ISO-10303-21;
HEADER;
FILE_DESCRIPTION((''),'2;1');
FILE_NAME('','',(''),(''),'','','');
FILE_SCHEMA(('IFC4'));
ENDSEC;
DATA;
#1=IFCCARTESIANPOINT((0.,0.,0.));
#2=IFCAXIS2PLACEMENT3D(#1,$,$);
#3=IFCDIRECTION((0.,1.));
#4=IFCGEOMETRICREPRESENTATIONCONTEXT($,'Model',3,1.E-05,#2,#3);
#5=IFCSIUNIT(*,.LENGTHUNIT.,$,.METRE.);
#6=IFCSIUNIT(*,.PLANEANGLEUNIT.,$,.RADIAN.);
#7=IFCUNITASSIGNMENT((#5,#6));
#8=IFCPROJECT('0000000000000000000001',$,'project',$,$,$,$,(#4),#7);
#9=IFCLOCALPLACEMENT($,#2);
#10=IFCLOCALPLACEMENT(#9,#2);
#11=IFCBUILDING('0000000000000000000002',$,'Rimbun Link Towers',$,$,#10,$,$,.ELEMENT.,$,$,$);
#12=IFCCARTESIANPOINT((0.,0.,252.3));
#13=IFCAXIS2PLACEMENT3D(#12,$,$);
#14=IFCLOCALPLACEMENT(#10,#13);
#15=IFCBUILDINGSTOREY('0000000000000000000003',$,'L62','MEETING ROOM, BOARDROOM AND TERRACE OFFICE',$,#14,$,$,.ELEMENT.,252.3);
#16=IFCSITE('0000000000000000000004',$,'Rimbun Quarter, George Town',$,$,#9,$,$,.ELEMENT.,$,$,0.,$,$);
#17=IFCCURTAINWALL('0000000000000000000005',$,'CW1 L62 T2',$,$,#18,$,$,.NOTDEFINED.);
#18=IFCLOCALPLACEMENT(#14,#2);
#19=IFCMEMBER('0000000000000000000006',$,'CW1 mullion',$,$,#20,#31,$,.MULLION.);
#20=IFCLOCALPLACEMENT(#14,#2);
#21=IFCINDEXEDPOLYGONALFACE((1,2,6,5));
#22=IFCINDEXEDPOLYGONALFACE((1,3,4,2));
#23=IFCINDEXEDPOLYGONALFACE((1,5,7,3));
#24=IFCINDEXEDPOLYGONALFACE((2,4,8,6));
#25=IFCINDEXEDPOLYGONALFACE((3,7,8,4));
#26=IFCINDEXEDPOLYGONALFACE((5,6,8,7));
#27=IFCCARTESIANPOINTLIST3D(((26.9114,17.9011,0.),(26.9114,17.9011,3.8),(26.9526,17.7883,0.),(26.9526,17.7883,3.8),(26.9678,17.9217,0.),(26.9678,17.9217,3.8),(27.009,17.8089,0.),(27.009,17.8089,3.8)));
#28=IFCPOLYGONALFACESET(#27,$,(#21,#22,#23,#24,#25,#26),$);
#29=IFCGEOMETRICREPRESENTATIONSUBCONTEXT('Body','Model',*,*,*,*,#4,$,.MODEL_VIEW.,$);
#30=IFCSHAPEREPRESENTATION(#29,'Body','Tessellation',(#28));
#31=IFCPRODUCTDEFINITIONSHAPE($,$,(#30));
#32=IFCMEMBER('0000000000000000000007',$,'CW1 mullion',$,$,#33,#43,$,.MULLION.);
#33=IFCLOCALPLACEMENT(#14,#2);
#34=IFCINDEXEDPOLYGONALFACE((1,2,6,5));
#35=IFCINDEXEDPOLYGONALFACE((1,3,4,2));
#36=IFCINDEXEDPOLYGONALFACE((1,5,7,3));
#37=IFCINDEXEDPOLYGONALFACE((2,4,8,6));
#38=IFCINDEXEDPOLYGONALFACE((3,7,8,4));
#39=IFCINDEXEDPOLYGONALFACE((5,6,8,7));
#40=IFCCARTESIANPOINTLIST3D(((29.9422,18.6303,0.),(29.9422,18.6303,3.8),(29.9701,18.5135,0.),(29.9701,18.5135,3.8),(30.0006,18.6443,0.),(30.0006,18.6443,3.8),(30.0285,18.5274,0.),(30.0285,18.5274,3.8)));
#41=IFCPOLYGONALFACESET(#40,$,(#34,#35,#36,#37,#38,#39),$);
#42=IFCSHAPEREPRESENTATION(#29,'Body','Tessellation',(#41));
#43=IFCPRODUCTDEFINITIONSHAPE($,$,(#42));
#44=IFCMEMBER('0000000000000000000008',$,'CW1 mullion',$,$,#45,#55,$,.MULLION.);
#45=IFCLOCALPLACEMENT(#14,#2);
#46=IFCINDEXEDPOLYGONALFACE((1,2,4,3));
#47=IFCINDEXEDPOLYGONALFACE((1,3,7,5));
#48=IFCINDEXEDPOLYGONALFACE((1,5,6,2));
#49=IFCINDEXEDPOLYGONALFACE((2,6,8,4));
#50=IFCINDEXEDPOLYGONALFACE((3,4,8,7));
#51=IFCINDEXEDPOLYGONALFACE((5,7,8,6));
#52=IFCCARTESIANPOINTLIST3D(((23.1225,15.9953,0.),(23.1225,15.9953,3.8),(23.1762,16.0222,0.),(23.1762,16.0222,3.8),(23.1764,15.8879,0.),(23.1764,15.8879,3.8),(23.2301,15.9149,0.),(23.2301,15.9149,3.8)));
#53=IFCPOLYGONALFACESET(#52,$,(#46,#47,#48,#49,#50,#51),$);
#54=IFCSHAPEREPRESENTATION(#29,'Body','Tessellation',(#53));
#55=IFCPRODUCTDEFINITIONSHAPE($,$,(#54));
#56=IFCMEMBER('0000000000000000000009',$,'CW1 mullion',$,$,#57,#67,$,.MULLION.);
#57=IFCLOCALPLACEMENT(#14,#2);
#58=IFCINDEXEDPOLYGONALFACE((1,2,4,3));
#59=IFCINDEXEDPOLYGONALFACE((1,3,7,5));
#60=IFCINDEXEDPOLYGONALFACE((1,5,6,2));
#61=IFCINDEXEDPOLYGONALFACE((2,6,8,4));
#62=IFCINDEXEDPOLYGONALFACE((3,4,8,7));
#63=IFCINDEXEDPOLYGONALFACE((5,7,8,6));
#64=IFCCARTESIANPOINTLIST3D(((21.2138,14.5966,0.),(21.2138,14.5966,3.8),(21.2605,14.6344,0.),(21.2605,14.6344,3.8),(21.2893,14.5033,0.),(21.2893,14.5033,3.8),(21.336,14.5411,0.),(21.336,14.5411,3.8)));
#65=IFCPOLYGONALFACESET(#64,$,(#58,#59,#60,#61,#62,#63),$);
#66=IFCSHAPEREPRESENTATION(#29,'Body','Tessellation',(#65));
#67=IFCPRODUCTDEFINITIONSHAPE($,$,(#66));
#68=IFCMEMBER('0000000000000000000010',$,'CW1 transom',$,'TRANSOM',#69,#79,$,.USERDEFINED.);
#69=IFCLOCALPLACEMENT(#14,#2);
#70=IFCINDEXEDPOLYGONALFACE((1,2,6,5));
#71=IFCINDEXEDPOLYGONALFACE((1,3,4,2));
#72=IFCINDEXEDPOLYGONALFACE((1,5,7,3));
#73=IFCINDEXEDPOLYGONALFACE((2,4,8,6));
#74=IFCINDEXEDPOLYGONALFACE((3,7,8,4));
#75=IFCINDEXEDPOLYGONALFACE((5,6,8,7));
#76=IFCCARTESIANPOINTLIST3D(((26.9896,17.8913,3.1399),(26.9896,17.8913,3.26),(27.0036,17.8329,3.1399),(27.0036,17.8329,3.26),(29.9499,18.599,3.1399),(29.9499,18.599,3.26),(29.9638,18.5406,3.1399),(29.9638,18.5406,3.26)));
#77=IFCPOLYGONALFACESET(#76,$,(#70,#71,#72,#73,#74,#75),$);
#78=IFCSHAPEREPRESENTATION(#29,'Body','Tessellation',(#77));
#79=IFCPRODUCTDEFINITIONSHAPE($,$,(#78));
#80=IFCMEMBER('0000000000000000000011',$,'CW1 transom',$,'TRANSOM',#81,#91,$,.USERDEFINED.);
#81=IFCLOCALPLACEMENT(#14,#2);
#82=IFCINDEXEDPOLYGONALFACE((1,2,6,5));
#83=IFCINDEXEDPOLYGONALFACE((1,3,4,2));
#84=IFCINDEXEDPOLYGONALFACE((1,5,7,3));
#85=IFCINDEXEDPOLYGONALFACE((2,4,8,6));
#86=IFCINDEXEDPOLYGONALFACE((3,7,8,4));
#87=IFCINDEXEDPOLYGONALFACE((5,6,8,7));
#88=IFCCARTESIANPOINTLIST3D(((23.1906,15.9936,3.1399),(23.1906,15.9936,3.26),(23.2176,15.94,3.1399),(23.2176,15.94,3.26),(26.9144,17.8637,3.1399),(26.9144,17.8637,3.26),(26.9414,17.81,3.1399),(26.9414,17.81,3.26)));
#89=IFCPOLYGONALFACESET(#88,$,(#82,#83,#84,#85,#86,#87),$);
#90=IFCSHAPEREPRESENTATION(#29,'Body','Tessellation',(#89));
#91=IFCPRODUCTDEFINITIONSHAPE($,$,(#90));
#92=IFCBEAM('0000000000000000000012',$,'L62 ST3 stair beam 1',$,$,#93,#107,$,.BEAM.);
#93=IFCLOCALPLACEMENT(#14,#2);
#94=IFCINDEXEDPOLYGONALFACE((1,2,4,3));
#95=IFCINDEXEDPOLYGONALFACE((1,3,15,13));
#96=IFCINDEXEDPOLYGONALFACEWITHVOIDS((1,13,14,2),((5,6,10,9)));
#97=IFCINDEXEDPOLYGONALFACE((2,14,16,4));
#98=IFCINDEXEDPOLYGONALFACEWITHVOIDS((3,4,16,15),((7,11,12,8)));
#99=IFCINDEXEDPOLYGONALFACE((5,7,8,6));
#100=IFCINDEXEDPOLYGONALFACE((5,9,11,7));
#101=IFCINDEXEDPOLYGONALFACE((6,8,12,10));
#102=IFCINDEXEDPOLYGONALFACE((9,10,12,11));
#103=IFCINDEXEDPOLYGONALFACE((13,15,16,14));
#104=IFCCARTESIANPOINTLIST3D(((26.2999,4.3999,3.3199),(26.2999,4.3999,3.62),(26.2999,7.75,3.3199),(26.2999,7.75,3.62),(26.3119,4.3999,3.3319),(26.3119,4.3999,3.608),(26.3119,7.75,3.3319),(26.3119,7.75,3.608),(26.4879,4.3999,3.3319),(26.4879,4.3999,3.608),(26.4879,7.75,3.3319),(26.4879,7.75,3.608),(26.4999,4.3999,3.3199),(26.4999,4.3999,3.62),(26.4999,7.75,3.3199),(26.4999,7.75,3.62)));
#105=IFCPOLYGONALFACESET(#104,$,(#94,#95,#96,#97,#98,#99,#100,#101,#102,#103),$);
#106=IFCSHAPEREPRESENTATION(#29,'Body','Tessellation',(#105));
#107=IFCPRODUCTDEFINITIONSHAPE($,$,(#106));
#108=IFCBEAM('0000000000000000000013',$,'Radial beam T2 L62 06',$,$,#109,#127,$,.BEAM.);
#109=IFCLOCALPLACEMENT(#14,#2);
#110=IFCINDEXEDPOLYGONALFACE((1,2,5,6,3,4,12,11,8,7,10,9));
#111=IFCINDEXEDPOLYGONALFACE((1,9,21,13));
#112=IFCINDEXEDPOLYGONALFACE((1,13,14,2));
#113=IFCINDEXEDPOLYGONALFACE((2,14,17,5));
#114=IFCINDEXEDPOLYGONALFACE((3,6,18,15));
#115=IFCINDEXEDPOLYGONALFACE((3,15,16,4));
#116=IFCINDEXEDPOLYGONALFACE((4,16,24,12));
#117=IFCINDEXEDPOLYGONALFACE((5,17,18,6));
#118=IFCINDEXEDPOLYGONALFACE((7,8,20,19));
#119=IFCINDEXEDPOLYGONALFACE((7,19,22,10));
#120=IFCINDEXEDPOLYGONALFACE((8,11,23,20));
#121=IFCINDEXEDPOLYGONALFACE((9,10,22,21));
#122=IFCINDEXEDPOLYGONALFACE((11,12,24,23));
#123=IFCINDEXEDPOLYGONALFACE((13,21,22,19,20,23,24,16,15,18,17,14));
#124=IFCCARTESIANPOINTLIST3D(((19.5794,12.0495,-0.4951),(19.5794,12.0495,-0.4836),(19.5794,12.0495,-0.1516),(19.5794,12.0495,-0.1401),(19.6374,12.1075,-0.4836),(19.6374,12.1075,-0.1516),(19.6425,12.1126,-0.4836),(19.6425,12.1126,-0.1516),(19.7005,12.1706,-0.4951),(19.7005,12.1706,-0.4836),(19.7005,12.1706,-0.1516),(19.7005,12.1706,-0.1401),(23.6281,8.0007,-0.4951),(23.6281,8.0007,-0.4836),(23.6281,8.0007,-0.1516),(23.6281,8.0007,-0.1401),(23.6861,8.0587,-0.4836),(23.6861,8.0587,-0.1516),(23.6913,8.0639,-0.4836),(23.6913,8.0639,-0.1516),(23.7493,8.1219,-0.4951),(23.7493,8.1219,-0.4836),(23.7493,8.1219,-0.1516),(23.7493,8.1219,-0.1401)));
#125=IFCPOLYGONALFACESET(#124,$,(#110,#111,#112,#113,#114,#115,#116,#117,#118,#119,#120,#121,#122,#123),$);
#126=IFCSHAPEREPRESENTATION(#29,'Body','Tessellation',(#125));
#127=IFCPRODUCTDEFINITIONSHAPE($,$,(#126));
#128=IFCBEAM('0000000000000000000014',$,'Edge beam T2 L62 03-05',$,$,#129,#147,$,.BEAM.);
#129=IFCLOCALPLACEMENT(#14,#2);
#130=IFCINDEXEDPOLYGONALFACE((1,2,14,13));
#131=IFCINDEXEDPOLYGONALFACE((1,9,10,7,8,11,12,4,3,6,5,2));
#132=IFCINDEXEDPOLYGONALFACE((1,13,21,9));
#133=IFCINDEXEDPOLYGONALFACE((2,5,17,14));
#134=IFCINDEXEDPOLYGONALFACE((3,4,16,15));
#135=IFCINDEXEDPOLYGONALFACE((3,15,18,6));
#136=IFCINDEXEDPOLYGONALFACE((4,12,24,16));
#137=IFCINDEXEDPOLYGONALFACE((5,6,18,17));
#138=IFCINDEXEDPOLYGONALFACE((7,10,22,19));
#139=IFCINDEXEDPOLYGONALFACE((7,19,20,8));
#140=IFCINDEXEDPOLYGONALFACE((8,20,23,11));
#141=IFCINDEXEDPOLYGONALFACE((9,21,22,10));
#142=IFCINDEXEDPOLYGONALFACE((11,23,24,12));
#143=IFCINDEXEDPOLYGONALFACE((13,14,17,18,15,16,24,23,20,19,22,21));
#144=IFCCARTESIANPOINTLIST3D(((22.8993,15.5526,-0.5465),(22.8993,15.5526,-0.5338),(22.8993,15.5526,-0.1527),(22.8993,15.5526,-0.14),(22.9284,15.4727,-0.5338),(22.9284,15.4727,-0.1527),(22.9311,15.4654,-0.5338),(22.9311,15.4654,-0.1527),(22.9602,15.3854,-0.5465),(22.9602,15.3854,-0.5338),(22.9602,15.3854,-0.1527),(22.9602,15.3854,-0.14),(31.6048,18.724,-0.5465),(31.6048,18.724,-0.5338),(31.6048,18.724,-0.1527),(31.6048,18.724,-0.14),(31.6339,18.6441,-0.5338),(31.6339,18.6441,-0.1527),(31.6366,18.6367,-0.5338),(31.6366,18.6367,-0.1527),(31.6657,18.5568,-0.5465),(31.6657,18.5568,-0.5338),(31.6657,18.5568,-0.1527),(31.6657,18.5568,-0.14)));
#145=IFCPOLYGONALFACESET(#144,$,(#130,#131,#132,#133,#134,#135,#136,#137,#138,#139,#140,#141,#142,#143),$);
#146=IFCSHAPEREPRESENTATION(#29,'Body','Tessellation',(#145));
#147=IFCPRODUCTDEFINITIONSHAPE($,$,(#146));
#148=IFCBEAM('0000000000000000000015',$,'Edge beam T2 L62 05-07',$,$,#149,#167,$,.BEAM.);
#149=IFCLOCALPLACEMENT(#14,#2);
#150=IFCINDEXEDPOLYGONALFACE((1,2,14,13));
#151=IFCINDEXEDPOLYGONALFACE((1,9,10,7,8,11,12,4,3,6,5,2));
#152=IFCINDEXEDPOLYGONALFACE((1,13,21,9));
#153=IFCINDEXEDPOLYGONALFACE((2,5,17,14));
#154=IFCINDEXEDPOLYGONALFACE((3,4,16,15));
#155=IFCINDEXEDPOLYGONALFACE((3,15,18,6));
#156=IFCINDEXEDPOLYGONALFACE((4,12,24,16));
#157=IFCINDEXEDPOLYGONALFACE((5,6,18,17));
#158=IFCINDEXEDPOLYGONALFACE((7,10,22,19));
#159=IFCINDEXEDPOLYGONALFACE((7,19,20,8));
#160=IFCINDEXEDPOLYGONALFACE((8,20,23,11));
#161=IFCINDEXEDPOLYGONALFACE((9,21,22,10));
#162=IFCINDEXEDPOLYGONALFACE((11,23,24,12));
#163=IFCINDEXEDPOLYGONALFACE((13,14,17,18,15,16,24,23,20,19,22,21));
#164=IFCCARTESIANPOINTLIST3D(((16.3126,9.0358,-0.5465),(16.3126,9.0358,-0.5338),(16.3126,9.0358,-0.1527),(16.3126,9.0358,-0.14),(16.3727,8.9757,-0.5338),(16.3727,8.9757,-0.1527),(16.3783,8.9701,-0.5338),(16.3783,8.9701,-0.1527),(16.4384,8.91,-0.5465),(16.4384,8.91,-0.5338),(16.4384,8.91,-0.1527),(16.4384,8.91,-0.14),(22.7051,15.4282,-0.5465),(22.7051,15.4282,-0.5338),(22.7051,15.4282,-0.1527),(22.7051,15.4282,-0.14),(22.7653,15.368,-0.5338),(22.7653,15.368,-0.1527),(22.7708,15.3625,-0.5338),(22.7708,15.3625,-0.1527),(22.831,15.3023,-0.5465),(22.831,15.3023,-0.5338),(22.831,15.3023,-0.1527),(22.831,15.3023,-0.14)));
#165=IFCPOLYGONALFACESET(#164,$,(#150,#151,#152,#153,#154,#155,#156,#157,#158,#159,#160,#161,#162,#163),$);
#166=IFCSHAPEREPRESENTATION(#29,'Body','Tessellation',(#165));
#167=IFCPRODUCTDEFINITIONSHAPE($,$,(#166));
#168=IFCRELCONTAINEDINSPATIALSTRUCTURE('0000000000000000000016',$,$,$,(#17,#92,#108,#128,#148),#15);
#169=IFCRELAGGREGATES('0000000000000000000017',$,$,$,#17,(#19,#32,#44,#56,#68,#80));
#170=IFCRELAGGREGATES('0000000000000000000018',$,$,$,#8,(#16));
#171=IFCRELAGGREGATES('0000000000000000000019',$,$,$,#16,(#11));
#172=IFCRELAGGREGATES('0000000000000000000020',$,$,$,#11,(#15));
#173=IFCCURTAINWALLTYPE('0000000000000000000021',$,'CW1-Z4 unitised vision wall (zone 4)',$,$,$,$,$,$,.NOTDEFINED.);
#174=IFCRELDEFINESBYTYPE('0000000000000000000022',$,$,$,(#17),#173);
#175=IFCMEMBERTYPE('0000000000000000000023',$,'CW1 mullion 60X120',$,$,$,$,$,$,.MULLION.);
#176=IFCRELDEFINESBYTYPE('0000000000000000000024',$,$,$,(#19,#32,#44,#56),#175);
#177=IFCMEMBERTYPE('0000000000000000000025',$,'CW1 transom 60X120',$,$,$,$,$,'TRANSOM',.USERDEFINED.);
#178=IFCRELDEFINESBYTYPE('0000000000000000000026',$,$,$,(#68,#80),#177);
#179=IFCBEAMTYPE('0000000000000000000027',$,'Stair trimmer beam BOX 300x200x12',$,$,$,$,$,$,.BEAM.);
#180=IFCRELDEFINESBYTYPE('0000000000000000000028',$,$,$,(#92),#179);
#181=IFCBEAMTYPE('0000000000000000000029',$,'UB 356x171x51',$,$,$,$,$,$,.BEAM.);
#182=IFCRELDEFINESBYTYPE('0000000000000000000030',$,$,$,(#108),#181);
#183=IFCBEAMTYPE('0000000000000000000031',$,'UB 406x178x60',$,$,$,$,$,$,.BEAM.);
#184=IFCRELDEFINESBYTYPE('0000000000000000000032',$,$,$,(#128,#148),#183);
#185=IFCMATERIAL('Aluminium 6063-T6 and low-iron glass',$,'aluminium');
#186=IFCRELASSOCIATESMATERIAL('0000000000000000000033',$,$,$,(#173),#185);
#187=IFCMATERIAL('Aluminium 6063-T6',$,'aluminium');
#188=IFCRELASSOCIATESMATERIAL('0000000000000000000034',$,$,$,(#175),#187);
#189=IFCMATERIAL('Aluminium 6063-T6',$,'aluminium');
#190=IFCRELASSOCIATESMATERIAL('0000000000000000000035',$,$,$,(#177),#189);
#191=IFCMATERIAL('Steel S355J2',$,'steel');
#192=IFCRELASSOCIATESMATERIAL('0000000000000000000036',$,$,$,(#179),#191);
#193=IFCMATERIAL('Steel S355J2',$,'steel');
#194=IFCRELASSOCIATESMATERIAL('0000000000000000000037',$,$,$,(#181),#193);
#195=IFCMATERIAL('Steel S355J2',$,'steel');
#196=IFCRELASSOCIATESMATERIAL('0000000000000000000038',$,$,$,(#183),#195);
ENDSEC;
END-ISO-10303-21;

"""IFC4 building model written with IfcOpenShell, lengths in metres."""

from ifc_helpers import new_model, si_unit, direction, frame, origin, origin_2d, place, context, subcontext, project, spatial, rectangle, hollow_rectangle, i_section, extrude, material, material_profile, profile_set, type_object, element, aggregate, save


model = new_model("IFC4")

# Units and contexts
model_context = context("Model", 3, precision=1e-05, world=origin(), true_north=direction((0.0, 1.0)))
body_context = subcontext(model_context, "Body", "Model", "MODEL_VIEW")
ifc_project = project(units=[si_unit("LENGTHUNIT", "METRE"), si_unit("PLANEANGLEUNIT", "RADIAN")], contexts=[model_context])

# Site, building, storey
site_placement = place(None, origin())
site = spatial("IfcSite", under=ifc_project, at=site_placement, Name="Rimbun Quarter, George Town", CompositionType="ELEMENT", RefElevation=0.0)
building_placement = place(site_placement, origin())
building = spatial("IfcBuilding", under=site, at=building_placement, Name="Rimbun Link Towers", CompositionType="ELEMENT")
storey_placement = place(building_placement, frame((0.0, 0.0, 252.3)))
storey = spatial("IfcBuildingStorey", under=building, at=storey_placement, Name="L62", Description="MEETING ROOM, BOARDROOM AND TERRACE OFFICE", CompositionType="ELEMENT", Elevation=252.3)

# Curtain wall, members
ifc_material_1 = material(Name="Aluminium 6063-T6 and low-iron glass", Category="aluminium")
curtain_wall_type = type_object("IfcCurtainWallType", Name="CW1-Z4 unitised vision wall (zone 4)", PredefinedType="NOTDEFINED", material=ifc_material_1)
curtain_wall_placement = place(storey_placement, origin())
curtain_wall = element("IfcCurtainWall", 1, at=curtain_wall_placement, inside=storey, type_object=curtain_wall_type, Name="CW1 L62 T2", PredefinedType="NOTDEFINED")
ifc_material_2 = material(Name="Aluminium 6063-T6", Category="aluminium")
ifc_material_profile_1 = material_profile(ifc_material_2, rectangle(XDim=0.1201, YDim=0.0601, at=origin_2d()), Name="MULLION 60X120")
ifc_profile_set_1 = profile_set([ifc_material_profile_1], Name="Aluminium 6063-T6")
member_type_1 = type_object("IfcMemberType", Name="CW1 mullion 60X120", PredefinedType="MULLION", material=ifc_profile_set_1)
member_1_placement = place(storey_placement, frame((26.9602, 17.855, 0.0), z_axis=(0.0, 0.0, 1.0), x_axis=(-0.342965, 0.939348, 0.0)))
member_1 = element("IfcMember", 2, at=member_1_placement, type_object=member_type_1, Name="CW1 mullion", PredefinedType="MULLION", context=body_context, shape_type="SweptSolid", body=[
    extrude(rectangle(XDim=0.1201, YDim=0.0601, at=origin_2d()), origin(), (0.0, 0.0, 1.0), 3.8),
])
member_2_placement = place(storey_placement, frame((29.9854, 18.5789, 0.0), z_axis=(0.0, 0.0, 1.0), x_axis=(-0.232605, 0.972571, 0.0)))
member_2 = element("IfcMember", 3, at=member_2_placement, type_object=member_type_1, Name="CW1 mullion", PredefinedType="MULLION", context=body_context, shape_type="SweptSolid", body=[
    extrude(rectangle(XDim=0.1201, YDim=0.0601, at=origin_2d()), origin(), (0.0, 0.0, 1.0), 3.8),
])
member_3_placement = place(storey_placement, frame((23.1763, 15.9551, 0.0), z_axis=(0.0, 0.0, 1.0), x_axis=(-0.44877, 0.893647, 0.0)))
member_3 = element("IfcMember", 4, at=member_3_placement, type_object=member_type_1, Name="CW1 mullion", PredefinedType="MULLION", context=body_context, shape_type="SweptSolid", body=[
    extrude(rectangle(XDim=0.1201, YDim=0.0601, at=origin_2d()), origin(), (0.0, 0.0, 1.0), 3.8),
])
member_4_placement = place(storey_placement, frame((21.2749, 14.5688, 0.0), z_axis=(0.0, 0.0, 1.0), x_axis=(-0.629159, 0.777277, 0.0)))
member_4 = element("IfcMember", 5, at=member_4_placement, type_object=member_type_1, Name="CW1 mullion", PredefinedType="MULLION", context=body_context, shape_type="SweptSolid", body=[
    extrude(rectangle(XDim=0.1201, YDim=0.0601, at=origin_2d()), origin(), (0.0, 0.0, 1.0), 3.8),
])
ifc_material_3 = material(Name="Aluminium 6063-T6", Category="aluminium")
ifc_material_profile_2 = material_profile(ifc_material_3, rectangle(XDim=0.0601, YDim=0.1201, at=origin_2d()), Name="TRANSOM 60X120")
ifc_profile_set_2 = profile_set([ifc_material_profile_2], Name="Aluminium 6063-T6")
member_type_2 = type_object("IfcMemberType", Name="CW1 transom 60X120", ElementType="TRANSOM", PredefinedType="USERDEFINED", material=ifc_profile_set_2)
member_5_placement = place(storey_placement, frame((26.9966, 17.8621, 3.2), z_axis=(0.972587, 0.232539, 0.0), x_axis=(-0.232539, 0.972587, 0.0)))
member_5 = element("IfcMember", 6, at=member_5_placement, type_object=member_type_2, Name="CW1 transom", ObjectType="TRANSOM", PredefinedType="USERDEFINED", context=body_context, shape_type="SweptSolid", body=[
    extrude(rectangle(XDim=0.0601, YDim=0.1201, at=origin_2d()), origin(), (0.0, 0.0, 1.0), 3.0437),
])
member_6_placement = place(storey_placement, frame((23.2041, 15.9668, 3.2), z_axis=(0.893641, 0.448783, 0.0), x_axis=(-0.448783, 0.893641, 0.0)))
member_6 = element("IfcMember", 7, at=member_6_placement, type_object=member_type_2, Name="CW1 transom", ObjectType="TRANSOM", PredefinedType="USERDEFINED", context=body_context, shape_type="SweptSolid", body=[
    extrude(rectangle(XDim=0.0601, YDim=0.1201, at=origin_2d()), origin(), (0.0, 0.0, 1.0), 4.167),
])

# Beams
ifc_material_4 = material(Name="Steel S355J2", Category="steel")
ifc_material_profile_3 = material_profile(ifc_material_4, hollow_rectangle(XDim=0.2, YDim=0.3, WallThickness=0.012, at=origin_2d()), Name="BOX 300x200x12")
ifc_profile_set_3 = profile_set([ifc_material_profile_3], Name="Steel S355J2")
beam_type_1 = type_object("IfcBeamType", Name="Stair trimmer beam BOX 300x200x12", PredefinedType="BEAM", material=ifc_profile_set_3)
beam_1_placement = place(storey_placement, frame((26.3999, 7.75, 3.47), z_axis=(0.0, -1.0, 0.0), x_axis=(1.0, 0.0, 0.0)))
element("IfcBeam", 8, at=beam_1_placement, inside=storey, type_object=beam_type_1, Name="L62 ST3 stair beam 1", PredefinedType="BEAM", context=body_context, shape_type="SweptSolid", body=[
    extrude(hollow_rectangle(XDim=0.2, YDim=0.3, WallThickness=0.012, at=origin_2d()), origin(), (0.0, 0.0, 1.0), 3.3501),
])
ifc_material_5 = material(Name="Steel S355J2", Category="steel")
ifc_material_profile_4 = material_profile(ifc_material_5, i_section(OverallWidth=0.1714, OverallDepth=0.355, WebThickness=0.0073, FlangeThickness=0.0115, at=origin_2d()), Name="UB 356x171x51")
ifc_profile_set_4 = profile_set([ifc_material_profile_4], Name="Steel S355J2")
beam_type_2 = type_object("IfcBeamType", Name="UB 356x171x51", PredefinedType="BEAM", material=ifc_profile_set_4)
beam_2_placement = place(storey_placement, frame((23.6887, 8.0613, -0.3176), z_axis=(-0.707107, 0.707107, 0.0), x_axis=(-0.707107, -0.707107, 0.0)))
element("IfcBeam", 9, at=beam_2_placement, inside=storey, type_object=beam_type_2, Name="Radial beam T2 L62 06", PredefinedType="BEAM", context=body_context, shape_type="SweptSolid", body=[
    extrude(i_section(OverallWidth=0.1714, OverallDepth=0.355, WebThickness=0.0073, FlangeThickness=0.0115, at=origin_2d()), origin(), (0.0, 0.0, 1.0), 5.7258),
])
ifc_material_6 = material(Name="Steel S355J2", Category="steel")
ifc_material_profile_5 = material_profile(ifc_material_6, i_section(OverallWidth=0.178, OverallDepth=0.4065, WebThickness=0.0078, FlangeThickness=0.0127, at=origin_2d()), Name="UB 406x178x60")
ifc_profile_set_5 = profile_set([ifc_material_profile_5], Name="Steel S355J2")
beam_type_3 = type_object("IfcBeamType", Name="UB 406x178x60", PredefinedType="BEAM", material=ifc_profile_set_5)
beam_3_placement = place(storey_placement, frame((31.6353, 18.6404, -0.3433), z_axis=(-0.939595, -0.342289, 0.0), x_axis=(0.342289, -0.939595, 0.0)))
element("IfcBeam", 10, at=beam_3_placement, inside=storey, type_object=beam_type_3, Name="Edge beam T2 L62 03-05", PredefinedType="BEAM", context=body_context, shape_type="SweptSolid", body=[
    extrude(i_section(OverallWidth=0.178, OverallDepth=0.4065, WebThickness=0.0078, FlangeThickness=0.0127, at=origin_2d()), origin(), (0.0, 0.0, 1.0), 9.2651),
])
beam_4_placement = place(storey_placement, frame((22.7681, 15.3652, -0.3433), z_axis=(-0.70712, -0.707093, 0.0), x_axis=(0.707093, -0.70712, 0.0)))
element("IfcBeam", 11, at=beam_4_placement, inside=storey, type_object=beam_type_3, Name="Edge beam T2 L62 05-07", PredefinedType="BEAM", context=body_context, shape_type="SweptSolid", body=[
    extrude(i_section(OverallWidth=0.178, OverallDepth=0.4065, WebThickness=0.0078, FlangeThickness=0.0127, at=origin_2d()), origin(), (0.0, 0.0, 1.0), 9.0403),
])

aggregate(curtain_wall, [member_1, member_2, member_3, member_4, member_5, member_6])

save(model, "model.ifc")
